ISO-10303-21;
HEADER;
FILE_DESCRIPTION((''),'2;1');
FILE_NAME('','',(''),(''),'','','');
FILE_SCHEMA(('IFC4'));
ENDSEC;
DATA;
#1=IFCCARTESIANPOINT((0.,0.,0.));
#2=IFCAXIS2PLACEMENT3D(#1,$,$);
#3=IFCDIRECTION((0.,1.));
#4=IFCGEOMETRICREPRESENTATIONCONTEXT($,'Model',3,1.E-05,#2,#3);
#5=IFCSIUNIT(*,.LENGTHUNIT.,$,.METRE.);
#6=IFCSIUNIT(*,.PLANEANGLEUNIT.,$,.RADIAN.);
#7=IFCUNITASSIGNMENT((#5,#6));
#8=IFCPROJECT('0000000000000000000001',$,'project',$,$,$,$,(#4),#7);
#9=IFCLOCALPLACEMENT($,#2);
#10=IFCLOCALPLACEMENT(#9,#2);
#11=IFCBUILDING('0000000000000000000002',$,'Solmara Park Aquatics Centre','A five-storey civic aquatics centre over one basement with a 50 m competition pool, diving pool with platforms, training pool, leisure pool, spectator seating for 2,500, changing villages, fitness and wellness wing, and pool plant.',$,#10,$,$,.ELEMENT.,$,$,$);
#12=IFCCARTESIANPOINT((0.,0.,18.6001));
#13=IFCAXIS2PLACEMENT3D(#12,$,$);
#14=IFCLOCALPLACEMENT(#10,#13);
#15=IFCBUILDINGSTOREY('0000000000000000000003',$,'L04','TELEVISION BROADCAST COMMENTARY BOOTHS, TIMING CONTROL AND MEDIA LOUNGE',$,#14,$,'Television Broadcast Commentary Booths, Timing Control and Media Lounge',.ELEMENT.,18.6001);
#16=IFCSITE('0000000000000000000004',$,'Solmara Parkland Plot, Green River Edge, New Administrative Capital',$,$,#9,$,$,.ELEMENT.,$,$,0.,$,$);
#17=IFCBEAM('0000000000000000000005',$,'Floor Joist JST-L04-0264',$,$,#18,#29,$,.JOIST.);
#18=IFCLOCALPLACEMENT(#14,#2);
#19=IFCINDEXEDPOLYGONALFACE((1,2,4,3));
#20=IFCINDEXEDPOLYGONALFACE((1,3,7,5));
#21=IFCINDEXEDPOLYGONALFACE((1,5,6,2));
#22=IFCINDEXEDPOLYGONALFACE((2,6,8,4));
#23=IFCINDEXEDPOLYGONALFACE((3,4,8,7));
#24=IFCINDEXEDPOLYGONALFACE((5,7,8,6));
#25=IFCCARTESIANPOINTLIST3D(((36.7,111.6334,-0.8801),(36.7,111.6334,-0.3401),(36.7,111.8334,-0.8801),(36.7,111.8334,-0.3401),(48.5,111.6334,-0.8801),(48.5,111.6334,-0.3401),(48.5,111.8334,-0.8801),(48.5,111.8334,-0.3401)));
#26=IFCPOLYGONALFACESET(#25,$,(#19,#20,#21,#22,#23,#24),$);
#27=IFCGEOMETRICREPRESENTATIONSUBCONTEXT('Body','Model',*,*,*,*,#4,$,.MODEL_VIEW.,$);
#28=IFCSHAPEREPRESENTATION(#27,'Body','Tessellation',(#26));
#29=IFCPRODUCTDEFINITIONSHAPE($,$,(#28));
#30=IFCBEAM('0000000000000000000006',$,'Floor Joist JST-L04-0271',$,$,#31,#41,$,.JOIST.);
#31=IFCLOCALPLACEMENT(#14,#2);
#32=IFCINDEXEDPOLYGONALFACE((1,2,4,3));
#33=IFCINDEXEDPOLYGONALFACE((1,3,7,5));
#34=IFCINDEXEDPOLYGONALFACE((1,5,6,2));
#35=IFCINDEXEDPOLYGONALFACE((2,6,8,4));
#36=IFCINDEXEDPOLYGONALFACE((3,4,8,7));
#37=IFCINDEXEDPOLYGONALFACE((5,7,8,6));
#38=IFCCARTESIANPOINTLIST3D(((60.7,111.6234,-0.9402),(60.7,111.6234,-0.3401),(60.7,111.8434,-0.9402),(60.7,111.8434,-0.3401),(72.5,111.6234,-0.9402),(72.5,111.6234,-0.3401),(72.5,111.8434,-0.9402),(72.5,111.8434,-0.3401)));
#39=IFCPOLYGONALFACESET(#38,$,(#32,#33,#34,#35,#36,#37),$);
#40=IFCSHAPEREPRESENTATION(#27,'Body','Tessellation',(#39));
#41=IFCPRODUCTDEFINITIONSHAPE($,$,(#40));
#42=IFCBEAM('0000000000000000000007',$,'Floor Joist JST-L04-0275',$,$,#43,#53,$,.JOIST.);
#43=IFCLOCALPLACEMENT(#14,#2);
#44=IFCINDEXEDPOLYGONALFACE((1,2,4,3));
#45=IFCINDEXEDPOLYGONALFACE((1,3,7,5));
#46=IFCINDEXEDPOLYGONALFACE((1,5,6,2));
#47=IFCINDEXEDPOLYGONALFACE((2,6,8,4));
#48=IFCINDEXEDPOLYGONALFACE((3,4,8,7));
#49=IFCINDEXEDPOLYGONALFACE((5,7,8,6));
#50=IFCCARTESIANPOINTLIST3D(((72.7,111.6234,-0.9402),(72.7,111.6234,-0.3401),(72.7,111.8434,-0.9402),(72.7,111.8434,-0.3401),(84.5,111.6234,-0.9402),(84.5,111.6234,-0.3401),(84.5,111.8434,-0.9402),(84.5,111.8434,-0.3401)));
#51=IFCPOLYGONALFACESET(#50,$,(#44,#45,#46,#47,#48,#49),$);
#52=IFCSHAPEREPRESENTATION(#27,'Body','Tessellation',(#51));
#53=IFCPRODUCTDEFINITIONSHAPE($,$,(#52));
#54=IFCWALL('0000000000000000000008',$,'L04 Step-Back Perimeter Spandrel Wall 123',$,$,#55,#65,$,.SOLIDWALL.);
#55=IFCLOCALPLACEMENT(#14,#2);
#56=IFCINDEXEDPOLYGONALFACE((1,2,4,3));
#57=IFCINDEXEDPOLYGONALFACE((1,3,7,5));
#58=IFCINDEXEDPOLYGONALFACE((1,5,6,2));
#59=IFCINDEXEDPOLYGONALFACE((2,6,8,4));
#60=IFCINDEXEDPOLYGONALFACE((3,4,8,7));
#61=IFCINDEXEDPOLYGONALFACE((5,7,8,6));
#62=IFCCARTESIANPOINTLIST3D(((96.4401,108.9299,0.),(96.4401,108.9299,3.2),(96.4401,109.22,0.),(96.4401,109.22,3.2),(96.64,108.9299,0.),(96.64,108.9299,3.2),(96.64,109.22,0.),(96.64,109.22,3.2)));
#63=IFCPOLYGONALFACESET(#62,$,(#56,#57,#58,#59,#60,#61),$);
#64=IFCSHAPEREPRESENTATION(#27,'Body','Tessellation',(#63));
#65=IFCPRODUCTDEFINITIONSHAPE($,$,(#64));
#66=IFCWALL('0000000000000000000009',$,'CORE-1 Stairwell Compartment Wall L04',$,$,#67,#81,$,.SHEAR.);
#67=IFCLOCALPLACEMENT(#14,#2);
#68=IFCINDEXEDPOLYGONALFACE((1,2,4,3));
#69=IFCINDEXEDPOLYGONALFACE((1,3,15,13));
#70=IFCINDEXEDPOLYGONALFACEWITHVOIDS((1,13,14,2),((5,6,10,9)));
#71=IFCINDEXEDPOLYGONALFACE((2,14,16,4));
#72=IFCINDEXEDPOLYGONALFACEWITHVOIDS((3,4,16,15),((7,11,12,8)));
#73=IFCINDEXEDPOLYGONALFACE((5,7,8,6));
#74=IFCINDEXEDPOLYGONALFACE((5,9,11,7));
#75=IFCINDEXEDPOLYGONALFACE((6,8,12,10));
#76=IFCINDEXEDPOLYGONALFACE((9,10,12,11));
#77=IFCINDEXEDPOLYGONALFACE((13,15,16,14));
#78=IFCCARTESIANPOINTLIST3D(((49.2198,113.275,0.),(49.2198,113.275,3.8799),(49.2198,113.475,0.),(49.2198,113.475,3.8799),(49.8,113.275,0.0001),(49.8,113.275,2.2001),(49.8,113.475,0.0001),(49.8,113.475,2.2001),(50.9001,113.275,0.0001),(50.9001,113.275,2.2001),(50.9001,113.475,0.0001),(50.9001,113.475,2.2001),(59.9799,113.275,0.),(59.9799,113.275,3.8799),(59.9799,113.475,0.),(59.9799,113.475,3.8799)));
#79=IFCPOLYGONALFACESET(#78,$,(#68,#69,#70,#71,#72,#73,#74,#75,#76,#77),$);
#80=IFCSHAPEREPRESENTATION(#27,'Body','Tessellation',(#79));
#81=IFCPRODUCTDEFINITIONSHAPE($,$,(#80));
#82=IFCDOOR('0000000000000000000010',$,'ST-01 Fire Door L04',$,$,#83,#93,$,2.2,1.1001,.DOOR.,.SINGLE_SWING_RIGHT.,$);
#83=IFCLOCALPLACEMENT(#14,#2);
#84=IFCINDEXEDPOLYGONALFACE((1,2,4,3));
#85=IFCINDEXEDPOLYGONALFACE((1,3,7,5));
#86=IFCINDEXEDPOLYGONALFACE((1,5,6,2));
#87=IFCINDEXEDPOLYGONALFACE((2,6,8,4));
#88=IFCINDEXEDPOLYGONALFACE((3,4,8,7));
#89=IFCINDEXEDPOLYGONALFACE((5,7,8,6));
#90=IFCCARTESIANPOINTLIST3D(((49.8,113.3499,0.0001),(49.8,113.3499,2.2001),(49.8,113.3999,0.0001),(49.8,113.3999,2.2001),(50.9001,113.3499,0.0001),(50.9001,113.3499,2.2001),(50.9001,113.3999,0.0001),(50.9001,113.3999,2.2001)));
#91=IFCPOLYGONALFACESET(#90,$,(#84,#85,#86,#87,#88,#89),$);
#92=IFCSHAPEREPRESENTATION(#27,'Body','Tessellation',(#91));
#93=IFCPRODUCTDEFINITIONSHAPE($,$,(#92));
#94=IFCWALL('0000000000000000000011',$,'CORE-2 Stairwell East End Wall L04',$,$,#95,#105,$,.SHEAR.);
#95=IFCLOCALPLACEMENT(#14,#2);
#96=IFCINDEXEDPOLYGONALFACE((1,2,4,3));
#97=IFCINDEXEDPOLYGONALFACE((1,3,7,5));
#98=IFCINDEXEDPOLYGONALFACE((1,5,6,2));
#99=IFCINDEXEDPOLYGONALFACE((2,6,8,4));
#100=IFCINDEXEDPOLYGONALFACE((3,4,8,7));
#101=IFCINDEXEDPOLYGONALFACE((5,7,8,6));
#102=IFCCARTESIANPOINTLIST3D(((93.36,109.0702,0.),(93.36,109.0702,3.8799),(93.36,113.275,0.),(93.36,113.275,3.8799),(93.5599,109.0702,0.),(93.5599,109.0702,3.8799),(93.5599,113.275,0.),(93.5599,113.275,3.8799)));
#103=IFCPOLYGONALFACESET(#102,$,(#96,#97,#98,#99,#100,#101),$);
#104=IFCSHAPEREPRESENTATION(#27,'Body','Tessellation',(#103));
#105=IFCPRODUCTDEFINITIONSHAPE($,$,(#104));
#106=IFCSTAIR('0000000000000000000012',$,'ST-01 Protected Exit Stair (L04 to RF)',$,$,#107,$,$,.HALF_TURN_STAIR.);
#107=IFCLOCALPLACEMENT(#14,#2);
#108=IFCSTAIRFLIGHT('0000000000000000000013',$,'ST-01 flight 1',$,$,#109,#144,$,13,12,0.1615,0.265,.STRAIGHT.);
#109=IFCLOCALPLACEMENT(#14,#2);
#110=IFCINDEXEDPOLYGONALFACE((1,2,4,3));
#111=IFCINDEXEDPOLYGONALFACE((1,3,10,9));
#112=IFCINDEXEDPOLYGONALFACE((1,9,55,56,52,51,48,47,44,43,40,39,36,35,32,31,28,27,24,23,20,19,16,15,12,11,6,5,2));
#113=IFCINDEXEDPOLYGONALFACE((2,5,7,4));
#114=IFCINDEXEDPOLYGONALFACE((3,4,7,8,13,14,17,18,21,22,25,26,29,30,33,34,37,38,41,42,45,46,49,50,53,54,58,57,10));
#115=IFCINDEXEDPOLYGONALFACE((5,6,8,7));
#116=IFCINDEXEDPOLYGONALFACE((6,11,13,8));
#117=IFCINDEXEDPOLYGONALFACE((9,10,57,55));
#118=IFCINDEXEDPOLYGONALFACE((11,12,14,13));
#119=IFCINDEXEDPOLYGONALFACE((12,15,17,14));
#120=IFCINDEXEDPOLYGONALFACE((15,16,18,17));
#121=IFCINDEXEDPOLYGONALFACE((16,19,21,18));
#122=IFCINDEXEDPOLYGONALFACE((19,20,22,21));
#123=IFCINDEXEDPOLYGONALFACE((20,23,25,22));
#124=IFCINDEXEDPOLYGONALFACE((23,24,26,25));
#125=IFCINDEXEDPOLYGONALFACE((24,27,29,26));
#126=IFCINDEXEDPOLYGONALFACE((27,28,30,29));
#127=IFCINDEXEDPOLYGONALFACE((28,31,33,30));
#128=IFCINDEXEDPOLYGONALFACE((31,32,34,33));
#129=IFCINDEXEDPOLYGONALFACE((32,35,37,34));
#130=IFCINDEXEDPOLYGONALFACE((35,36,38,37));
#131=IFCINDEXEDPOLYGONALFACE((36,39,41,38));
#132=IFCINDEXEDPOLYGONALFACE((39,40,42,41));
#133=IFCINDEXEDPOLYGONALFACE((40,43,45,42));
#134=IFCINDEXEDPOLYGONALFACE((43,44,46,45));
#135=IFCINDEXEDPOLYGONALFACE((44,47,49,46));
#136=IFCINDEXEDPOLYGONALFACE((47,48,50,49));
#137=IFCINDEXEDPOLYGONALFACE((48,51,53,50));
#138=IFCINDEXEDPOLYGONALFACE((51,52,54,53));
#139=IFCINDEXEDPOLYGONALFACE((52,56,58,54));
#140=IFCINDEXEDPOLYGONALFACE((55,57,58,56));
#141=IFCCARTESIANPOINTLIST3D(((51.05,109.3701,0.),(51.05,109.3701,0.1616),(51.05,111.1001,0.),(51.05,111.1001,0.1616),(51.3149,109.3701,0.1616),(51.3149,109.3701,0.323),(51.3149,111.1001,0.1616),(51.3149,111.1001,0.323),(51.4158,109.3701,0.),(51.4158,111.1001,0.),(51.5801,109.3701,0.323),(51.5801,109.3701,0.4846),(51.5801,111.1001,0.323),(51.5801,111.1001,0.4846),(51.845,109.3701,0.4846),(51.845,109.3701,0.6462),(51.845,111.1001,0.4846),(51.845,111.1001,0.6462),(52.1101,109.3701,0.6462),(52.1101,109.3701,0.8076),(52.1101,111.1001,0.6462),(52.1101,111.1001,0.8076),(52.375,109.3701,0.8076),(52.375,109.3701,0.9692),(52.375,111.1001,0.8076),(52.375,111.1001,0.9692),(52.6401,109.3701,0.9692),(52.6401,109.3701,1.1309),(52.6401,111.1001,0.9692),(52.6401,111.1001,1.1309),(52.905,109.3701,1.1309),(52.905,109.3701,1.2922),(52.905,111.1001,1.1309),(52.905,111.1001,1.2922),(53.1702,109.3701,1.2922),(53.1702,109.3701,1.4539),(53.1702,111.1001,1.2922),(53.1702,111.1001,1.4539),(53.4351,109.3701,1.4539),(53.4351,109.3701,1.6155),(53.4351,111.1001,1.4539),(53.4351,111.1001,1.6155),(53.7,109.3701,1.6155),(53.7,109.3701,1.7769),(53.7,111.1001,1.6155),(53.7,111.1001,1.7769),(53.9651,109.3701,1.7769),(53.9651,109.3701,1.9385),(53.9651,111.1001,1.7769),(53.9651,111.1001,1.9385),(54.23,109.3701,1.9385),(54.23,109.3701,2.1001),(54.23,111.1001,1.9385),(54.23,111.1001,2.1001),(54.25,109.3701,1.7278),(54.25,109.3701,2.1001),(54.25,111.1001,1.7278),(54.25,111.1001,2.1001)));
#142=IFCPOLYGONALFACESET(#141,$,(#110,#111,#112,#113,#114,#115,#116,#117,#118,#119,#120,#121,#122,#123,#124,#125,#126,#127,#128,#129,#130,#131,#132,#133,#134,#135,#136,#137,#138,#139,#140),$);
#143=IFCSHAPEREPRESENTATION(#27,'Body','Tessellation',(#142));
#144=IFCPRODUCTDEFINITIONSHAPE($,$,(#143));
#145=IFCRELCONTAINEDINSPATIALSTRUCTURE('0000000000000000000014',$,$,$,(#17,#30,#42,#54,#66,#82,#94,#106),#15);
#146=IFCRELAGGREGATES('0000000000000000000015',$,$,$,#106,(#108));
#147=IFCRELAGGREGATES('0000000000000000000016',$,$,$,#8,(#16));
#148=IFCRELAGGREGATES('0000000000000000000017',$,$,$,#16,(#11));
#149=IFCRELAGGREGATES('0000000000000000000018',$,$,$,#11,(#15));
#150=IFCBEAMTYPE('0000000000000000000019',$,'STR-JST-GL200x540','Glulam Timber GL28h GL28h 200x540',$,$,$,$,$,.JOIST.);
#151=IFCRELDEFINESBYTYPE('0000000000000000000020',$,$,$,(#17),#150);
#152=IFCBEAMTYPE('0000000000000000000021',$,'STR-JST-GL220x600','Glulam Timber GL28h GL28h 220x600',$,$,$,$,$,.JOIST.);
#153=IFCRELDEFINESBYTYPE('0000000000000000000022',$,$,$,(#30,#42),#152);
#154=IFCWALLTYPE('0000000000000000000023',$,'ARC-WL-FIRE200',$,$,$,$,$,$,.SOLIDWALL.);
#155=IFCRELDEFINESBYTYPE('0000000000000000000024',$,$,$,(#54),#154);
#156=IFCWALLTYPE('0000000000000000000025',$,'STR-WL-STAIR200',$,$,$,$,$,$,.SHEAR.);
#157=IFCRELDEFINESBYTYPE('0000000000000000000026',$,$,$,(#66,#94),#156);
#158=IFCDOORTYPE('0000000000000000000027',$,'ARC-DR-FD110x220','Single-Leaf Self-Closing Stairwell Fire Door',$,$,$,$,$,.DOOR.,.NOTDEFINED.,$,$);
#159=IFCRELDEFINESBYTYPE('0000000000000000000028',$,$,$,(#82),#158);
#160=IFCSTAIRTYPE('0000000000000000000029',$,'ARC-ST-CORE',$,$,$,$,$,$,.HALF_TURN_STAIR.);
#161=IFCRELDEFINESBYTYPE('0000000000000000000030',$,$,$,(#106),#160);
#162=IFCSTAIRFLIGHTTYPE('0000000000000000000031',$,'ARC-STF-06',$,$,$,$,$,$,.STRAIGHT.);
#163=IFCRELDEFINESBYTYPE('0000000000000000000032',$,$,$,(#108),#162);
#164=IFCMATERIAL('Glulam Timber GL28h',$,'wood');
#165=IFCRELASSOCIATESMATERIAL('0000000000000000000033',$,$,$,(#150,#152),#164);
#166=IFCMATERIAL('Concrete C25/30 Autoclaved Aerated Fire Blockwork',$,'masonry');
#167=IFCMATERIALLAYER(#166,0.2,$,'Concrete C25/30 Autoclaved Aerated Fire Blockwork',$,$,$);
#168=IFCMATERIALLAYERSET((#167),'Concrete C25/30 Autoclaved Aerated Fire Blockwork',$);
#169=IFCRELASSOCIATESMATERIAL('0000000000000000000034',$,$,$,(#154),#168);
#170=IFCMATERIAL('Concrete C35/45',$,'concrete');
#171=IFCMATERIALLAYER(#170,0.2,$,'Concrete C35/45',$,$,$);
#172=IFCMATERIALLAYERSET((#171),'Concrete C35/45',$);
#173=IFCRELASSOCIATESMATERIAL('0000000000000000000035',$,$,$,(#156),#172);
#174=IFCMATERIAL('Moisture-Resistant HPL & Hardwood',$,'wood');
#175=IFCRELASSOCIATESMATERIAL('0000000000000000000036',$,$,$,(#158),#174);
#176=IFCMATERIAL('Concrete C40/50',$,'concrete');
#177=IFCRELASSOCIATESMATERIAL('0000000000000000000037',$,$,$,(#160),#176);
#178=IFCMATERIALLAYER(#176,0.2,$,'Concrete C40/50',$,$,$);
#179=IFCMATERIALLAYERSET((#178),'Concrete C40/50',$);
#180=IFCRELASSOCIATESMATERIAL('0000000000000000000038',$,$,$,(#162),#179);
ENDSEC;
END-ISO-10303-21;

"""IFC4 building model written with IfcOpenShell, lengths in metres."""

from ifc_helpers import new_model, si_unit, direction, frame, frame_2d, origin, origin_2d, place, context, subcontext, project, spatial, polyline, rectangle, outline, extrude, material, layer, layer_set, material_profile, profile_set, type_object, element, fill, aggregate, save


model = new_model("IFC4")

# Units and contexts
model_context = context("Model", 3, precision=1e-05, world=origin(), true_north=direction((0.0, 1.0)))
body_context = subcontext(model_context, "Body", "Model", "MODEL_VIEW")
ifc_project = project(units=[si_unit("LENGTHUNIT", "METRE"), si_unit("PLANEANGLEUNIT", "RADIAN")], contexts=[model_context])

# Site, building, storey
site_placement = place(None, origin())
site = spatial("IfcSite", under=ifc_project, at=site_placement, Name="Solmara Parkland Plot, Green River Edge, New Administrative Capital", CompositionType="ELEMENT", RefElevation=0.0)
building_placement = place(site_placement, origin())
building = spatial("IfcBuilding", under=site, at=building_placement, Name="Solmara Park Aquatics Centre", Description="A five-storey civic aquatics centre over one basement with a 50 m competition pool, diving pool with platforms, training pool, leisure pool, spectator seating for 2,500, changing villages, fitness and wellness wing, and pool plant.", CompositionType="ELEMENT")
storey_placement = place(building_placement, frame((0.0, 0.0, 18.6001)))
storey = spatial("IfcBuildingStorey", under=building, at=storey_placement, Name="L04", Description="TELEVISION BROADCAST COMMENTARY BOOTHS, TIMING CONTROL AND MEDIA LOUNGE", LongName="Television Broadcast Commentary Booths, Timing Control and Media Lounge", CompositionType="ELEMENT", Elevation=18.6001)

# Beams
ifc_material_1 = material(Name="Glulam Timber GL28h", Category="wood")
ifc_material_profile_1 = material_profile(ifc_material_1, rectangle(XDim=0.2, YDim=0.54, at=origin_2d()), Name="GL28h 200x540")
ifc_profile_set_1 = profile_set([ifc_material_profile_1], Name="Glulam Timber GL28h")
beam_type_1 = type_object("IfcBeamType", Name="STR-JST-GL200x540", Description="Glulam Timber GL28h GL28h 200x540", PredefinedType="JOIST", material=ifc_profile_set_1)
beam_placement = place(storey_placement, frame((36.7, 111.7334, -0.6101), z_axis=(1.0, 0.0, 0.0), x_axis=(0.0, 1.0, 0.0)))
element("IfcBeam", 1, at=beam_placement, inside=storey, type_object=beam_type_1, Name="Floor Joist JST-L04-0264", PredefinedType="JOIST", context=body_context, shape_type="SweptSolid", body=[
    extrude(rectangle(XDim=0.2, YDim=0.54, at=origin_2d()), origin(), (0.0, 0.0, 1.0), 11.8),
])
ifc_material_profile_2 = material_profile(ifc_material_1, rectangle(XDim=0.22, YDim=0.6001, at=origin_2d()), Name="GL28h 220x600")
ifc_profile_set_2 = profile_set([ifc_material_profile_2], Name="Glulam Timber GL28h")
beam_type_2 = type_object("IfcBeamType", Name="STR-JST-GL220x600", Description="Glulam Timber GL28h GL28h 220x600", PredefinedType="JOIST", material=ifc_profile_set_2)
for number, where, z_axis, x_axis, name in (
    (2, (60.7, 111.7334, -0.6401), (1.0, 0.0, 0.0), (0.0, 1.0, 0.0), "Floor Joist JST-L04-0271"),
    (3, (72.7, 111.7334, -0.6401), (1.0, 0.0, 0.0), (0.0, 1.0, 0.0), "Floor Joist JST-L04-0275"),
):
    element("IfcBeam", number, at=place(storey_placement, frame(where, z_axis=z_axis, x_axis=x_axis)), inside=storey, type_object=beam_type_2, Name=name, PredefinedType="JOIST", context=body_context, shape_type="SweptSolid", body=[
        extrude(rectangle(XDim=0.22, YDim=0.6001, at=origin_2d()), origin(), (0.0, 0.0, 1.0), 11.8),
    ])

# Wall
ifc_material_2 = material(Name="Concrete C25/30 Autoclaved Aerated Fire Blockwork", Category="masonry")
ifc_layer_1 = layer(ifc_material_2, 0.2, Name="Concrete C25/30 Autoclaved Aerated Fire Blockwork")
ifc_layer_set_1 = layer_set([ifc_layer_1], Name="Concrete C25/30 Autoclaved Aerated Fire Blockwork")
wall_type_1 = type_object("IfcWallType", Name="ARC-WL-FIRE200", PredefinedType="SOLIDWALL", material=ifc_layer_set_1)
wall_1_placement = place(storey_placement, frame((96.54, 109.22, 0.0), z_axis=(0.0, 0.0, 1.0), x_axis=(0.0, -1.0, 0.0)))
element("IfcWall", 4, at=wall_1_placement, inside=storey, type_object=wall_type_1, Name="L04 Step-Back Perimeter Spandrel Wall 123", PredefinedType="SOLIDWALL", context=body_context, shape_type="SweptSolid", body=[
    extrude(rectangle(XDim=0.29, YDim=0.2, at=frame_2d((0.145, 0.0))), origin(), (0.0, 0.0, 1.0), 3.2),
])

# Wall, opening, door
ifc_material_3 = material(Name="Concrete C35/45", Category="concrete")
ifc_layer_2 = layer(ifc_material_3, 0.2, Name="Concrete C35/45")
ifc_layer_set_2 = layer_set([ifc_layer_2], Name="Concrete C35/45")
wall_type_2 = type_object("IfcWallType", Name="STR-WL-STAIR200", PredefinedType="SHEAR", material=ifc_layer_set_2)
wall_2_placement = place(storey_placement, frame((49.22, 113.375, 0.0), z_axis=(0.0, 0.0, 1.0), x_axis=(1.0, 0.0, 0.0)))
wall_2 = element("IfcWall", 5, at=wall_2_placement, inside=storey, type_object=wall_type_2, Name="CORE-1 Stairwell Compartment Wall L04", PredefinedType="SHEAR", context=body_context, shape_type="SweptSolid", body=[
    extrude(rectangle(XDim=10.76, YDim=0.2, at=frame_2d((5.3799, 0.0))), origin(), (0.0, 0.0, 1.0), 3.8799),
])
opening_placement = place(wall_2_placement, frame((0.5801, 0.0, 0.0)))
opening = element("IfcOpeningElement", 6, at=opening_placement, cuts=wall_2, PredefinedType="OPENING", context=body_context, shape_type="SweptSolid", body=[
    extrude(rectangle(XDim=1.1001, YDim=2.2, at=frame_2d((0.55, 1.1001))), frame((0.0, 0.1099, 0.0), z_axis=(0.0, -1.0, 0.0), x_axis=(1.0, 0.0, 0.0)), (0.0, 0.0, 1.0), 0.22),
])
ifc_material_4 = material(Name="Moisture-Resistant HPL & Hardwood", Category="wood")
door_type = type_object("IfcDoorType", Name="ARC-DR-FD110x220", Description="Single-Leaf Self-Closing Stairwell Fire Door", OperationType="NOTDEFINED", PredefinedType="DOOR", material=ifc_material_4)
door_placement = place(opening_placement, origin())
door = element("IfcDoor", 7, at=door_placement, inside=storey, type_object=door_type, Name="ST-01 Fire Door L04", OperationType="SINGLE_SWING_RIGHT", OverallHeight=2.2, OverallWidth=1.1001, PredefinedType="DOOR", context=body_context, shape_type="SweptSolid", body=[
    extrude(rectangle(XDim=1.1001, YDim=2.2, at=frame_2d((0.55, 1.1001))), frame((0.0, 0.0249, 0.0), z_axis=(0.0, -1.0, 0.0), x_axis=(1.0, 0.0, 0.0)), (0.0, 0.0, 1.0), 0.05),
])
fill(opening, door)

# Wall
wall_3_placement = place(storey_placement, frame((93.46, 109.0701, 0.0), z_axis=(0.0, 0.0, 1.0), x_axis=(0.0, 1.0, 0.0)))
element("IfcWall", 8, at=wall_3_placement, inside=storey, type_object=wall_type_2, Name="CORE-2 Stairwell East End Wall L04", PredefinedType="SHEAR", context=body_context, shape_type="SweptSolid", body=[
    extrude(rectangle(XDim=4.2048, YDim=0.2, at=frame_2d((2.1025, 0.0))), origin(), (0.0, 0.0, 1.0), 3.8799),
])

# Stair, stair flight
ifc_material_5 = material(Name="Concrete C40/50", Category="concrete")
stair_type = type_object("IfcStairType", Name="ARC-ST-CORE", PredefinedType="HALF_TURN_STAIR", material=ifc_material_5)
stair_placement = place(storey_placement, origin())
stair = element("IfcStair", 9, at=stair_placement, inside=storey, type_object=stair_type, Name="ST-01 Protected Exit Stair (L04 to RF)", PredefinedType="HALF_TURN_STAIR")
ifc_layer_3 = layer(ifc_material_5, 0.2, Name="Concrete C40/50")
ifc_layer_set_3 = layer_set([ifc_layer_3], Name="Concrete C40/50")
stair_flight_type = type_object("IfcStairFlightType", Name="ARC-STF-06", PredefinedType="STRAIGHT", material=ifc_layer_set_3)
stair_flight_1_placement = place(storey_placement, frame((51.05, 110.2351, 0.0), z_axis=(0.0, 0.0, 1.0), x_axis=(1.0, 0.0, 0.0)))
stair_flight_1 = element("IfcStairFlight", 10, at=stair_flight_1_placement, type_object=stair_flight_type, Name="ST-01 flight 1", NumberOfRisers=13, NumberOfTreads=12, PredefinedType="STRAIGHT", RiserHeight=0.1615, TreadLength=0.265, context=body_context, shape_type="SweptSolid", body=[
    extrude(outline(polyline([(0.0, 0.0), (0.0, 0.1616), (0.2649, 0.1616), (0.2649, 0.323), (0.53, 0.323), (0.53, 0.4846), (0.7949, 0.4846), (0.7949, 0.6462), (1.0601, 0.6462), (1.0601, 0.8076), (1.325, 0.8076), (1.325, 0.9692), (1.5901, 0.9692), (1.5901, 1.1309), (1.855, 1.1309), (1.855, 1.2922), (2.1201, 1.2922), (2.1201, 1.4539), (2.385, 1.4539), (2.385, 1.6155), (2.6499, 1.6155), (2.6499, 1.7769), (2.915, 1.7769), (2.915, 1.9385), (3.1799, 1.9385), (3.1799, 2.1001), (3.2, 2.1001), (3.2, 1.7278), (0.3657, 0.0), (0.0, 0.0)])), frame((0.0, 0.865, 0.0), z_axis=(0.0, -1.0, 0.0), x_axis=(1.0, 0.0, 0.0)), (0.0, 0.0, 1.0), 1.73),
])
aggregate(stair, [stair_flight_1])

save(model, "model.ifc")
